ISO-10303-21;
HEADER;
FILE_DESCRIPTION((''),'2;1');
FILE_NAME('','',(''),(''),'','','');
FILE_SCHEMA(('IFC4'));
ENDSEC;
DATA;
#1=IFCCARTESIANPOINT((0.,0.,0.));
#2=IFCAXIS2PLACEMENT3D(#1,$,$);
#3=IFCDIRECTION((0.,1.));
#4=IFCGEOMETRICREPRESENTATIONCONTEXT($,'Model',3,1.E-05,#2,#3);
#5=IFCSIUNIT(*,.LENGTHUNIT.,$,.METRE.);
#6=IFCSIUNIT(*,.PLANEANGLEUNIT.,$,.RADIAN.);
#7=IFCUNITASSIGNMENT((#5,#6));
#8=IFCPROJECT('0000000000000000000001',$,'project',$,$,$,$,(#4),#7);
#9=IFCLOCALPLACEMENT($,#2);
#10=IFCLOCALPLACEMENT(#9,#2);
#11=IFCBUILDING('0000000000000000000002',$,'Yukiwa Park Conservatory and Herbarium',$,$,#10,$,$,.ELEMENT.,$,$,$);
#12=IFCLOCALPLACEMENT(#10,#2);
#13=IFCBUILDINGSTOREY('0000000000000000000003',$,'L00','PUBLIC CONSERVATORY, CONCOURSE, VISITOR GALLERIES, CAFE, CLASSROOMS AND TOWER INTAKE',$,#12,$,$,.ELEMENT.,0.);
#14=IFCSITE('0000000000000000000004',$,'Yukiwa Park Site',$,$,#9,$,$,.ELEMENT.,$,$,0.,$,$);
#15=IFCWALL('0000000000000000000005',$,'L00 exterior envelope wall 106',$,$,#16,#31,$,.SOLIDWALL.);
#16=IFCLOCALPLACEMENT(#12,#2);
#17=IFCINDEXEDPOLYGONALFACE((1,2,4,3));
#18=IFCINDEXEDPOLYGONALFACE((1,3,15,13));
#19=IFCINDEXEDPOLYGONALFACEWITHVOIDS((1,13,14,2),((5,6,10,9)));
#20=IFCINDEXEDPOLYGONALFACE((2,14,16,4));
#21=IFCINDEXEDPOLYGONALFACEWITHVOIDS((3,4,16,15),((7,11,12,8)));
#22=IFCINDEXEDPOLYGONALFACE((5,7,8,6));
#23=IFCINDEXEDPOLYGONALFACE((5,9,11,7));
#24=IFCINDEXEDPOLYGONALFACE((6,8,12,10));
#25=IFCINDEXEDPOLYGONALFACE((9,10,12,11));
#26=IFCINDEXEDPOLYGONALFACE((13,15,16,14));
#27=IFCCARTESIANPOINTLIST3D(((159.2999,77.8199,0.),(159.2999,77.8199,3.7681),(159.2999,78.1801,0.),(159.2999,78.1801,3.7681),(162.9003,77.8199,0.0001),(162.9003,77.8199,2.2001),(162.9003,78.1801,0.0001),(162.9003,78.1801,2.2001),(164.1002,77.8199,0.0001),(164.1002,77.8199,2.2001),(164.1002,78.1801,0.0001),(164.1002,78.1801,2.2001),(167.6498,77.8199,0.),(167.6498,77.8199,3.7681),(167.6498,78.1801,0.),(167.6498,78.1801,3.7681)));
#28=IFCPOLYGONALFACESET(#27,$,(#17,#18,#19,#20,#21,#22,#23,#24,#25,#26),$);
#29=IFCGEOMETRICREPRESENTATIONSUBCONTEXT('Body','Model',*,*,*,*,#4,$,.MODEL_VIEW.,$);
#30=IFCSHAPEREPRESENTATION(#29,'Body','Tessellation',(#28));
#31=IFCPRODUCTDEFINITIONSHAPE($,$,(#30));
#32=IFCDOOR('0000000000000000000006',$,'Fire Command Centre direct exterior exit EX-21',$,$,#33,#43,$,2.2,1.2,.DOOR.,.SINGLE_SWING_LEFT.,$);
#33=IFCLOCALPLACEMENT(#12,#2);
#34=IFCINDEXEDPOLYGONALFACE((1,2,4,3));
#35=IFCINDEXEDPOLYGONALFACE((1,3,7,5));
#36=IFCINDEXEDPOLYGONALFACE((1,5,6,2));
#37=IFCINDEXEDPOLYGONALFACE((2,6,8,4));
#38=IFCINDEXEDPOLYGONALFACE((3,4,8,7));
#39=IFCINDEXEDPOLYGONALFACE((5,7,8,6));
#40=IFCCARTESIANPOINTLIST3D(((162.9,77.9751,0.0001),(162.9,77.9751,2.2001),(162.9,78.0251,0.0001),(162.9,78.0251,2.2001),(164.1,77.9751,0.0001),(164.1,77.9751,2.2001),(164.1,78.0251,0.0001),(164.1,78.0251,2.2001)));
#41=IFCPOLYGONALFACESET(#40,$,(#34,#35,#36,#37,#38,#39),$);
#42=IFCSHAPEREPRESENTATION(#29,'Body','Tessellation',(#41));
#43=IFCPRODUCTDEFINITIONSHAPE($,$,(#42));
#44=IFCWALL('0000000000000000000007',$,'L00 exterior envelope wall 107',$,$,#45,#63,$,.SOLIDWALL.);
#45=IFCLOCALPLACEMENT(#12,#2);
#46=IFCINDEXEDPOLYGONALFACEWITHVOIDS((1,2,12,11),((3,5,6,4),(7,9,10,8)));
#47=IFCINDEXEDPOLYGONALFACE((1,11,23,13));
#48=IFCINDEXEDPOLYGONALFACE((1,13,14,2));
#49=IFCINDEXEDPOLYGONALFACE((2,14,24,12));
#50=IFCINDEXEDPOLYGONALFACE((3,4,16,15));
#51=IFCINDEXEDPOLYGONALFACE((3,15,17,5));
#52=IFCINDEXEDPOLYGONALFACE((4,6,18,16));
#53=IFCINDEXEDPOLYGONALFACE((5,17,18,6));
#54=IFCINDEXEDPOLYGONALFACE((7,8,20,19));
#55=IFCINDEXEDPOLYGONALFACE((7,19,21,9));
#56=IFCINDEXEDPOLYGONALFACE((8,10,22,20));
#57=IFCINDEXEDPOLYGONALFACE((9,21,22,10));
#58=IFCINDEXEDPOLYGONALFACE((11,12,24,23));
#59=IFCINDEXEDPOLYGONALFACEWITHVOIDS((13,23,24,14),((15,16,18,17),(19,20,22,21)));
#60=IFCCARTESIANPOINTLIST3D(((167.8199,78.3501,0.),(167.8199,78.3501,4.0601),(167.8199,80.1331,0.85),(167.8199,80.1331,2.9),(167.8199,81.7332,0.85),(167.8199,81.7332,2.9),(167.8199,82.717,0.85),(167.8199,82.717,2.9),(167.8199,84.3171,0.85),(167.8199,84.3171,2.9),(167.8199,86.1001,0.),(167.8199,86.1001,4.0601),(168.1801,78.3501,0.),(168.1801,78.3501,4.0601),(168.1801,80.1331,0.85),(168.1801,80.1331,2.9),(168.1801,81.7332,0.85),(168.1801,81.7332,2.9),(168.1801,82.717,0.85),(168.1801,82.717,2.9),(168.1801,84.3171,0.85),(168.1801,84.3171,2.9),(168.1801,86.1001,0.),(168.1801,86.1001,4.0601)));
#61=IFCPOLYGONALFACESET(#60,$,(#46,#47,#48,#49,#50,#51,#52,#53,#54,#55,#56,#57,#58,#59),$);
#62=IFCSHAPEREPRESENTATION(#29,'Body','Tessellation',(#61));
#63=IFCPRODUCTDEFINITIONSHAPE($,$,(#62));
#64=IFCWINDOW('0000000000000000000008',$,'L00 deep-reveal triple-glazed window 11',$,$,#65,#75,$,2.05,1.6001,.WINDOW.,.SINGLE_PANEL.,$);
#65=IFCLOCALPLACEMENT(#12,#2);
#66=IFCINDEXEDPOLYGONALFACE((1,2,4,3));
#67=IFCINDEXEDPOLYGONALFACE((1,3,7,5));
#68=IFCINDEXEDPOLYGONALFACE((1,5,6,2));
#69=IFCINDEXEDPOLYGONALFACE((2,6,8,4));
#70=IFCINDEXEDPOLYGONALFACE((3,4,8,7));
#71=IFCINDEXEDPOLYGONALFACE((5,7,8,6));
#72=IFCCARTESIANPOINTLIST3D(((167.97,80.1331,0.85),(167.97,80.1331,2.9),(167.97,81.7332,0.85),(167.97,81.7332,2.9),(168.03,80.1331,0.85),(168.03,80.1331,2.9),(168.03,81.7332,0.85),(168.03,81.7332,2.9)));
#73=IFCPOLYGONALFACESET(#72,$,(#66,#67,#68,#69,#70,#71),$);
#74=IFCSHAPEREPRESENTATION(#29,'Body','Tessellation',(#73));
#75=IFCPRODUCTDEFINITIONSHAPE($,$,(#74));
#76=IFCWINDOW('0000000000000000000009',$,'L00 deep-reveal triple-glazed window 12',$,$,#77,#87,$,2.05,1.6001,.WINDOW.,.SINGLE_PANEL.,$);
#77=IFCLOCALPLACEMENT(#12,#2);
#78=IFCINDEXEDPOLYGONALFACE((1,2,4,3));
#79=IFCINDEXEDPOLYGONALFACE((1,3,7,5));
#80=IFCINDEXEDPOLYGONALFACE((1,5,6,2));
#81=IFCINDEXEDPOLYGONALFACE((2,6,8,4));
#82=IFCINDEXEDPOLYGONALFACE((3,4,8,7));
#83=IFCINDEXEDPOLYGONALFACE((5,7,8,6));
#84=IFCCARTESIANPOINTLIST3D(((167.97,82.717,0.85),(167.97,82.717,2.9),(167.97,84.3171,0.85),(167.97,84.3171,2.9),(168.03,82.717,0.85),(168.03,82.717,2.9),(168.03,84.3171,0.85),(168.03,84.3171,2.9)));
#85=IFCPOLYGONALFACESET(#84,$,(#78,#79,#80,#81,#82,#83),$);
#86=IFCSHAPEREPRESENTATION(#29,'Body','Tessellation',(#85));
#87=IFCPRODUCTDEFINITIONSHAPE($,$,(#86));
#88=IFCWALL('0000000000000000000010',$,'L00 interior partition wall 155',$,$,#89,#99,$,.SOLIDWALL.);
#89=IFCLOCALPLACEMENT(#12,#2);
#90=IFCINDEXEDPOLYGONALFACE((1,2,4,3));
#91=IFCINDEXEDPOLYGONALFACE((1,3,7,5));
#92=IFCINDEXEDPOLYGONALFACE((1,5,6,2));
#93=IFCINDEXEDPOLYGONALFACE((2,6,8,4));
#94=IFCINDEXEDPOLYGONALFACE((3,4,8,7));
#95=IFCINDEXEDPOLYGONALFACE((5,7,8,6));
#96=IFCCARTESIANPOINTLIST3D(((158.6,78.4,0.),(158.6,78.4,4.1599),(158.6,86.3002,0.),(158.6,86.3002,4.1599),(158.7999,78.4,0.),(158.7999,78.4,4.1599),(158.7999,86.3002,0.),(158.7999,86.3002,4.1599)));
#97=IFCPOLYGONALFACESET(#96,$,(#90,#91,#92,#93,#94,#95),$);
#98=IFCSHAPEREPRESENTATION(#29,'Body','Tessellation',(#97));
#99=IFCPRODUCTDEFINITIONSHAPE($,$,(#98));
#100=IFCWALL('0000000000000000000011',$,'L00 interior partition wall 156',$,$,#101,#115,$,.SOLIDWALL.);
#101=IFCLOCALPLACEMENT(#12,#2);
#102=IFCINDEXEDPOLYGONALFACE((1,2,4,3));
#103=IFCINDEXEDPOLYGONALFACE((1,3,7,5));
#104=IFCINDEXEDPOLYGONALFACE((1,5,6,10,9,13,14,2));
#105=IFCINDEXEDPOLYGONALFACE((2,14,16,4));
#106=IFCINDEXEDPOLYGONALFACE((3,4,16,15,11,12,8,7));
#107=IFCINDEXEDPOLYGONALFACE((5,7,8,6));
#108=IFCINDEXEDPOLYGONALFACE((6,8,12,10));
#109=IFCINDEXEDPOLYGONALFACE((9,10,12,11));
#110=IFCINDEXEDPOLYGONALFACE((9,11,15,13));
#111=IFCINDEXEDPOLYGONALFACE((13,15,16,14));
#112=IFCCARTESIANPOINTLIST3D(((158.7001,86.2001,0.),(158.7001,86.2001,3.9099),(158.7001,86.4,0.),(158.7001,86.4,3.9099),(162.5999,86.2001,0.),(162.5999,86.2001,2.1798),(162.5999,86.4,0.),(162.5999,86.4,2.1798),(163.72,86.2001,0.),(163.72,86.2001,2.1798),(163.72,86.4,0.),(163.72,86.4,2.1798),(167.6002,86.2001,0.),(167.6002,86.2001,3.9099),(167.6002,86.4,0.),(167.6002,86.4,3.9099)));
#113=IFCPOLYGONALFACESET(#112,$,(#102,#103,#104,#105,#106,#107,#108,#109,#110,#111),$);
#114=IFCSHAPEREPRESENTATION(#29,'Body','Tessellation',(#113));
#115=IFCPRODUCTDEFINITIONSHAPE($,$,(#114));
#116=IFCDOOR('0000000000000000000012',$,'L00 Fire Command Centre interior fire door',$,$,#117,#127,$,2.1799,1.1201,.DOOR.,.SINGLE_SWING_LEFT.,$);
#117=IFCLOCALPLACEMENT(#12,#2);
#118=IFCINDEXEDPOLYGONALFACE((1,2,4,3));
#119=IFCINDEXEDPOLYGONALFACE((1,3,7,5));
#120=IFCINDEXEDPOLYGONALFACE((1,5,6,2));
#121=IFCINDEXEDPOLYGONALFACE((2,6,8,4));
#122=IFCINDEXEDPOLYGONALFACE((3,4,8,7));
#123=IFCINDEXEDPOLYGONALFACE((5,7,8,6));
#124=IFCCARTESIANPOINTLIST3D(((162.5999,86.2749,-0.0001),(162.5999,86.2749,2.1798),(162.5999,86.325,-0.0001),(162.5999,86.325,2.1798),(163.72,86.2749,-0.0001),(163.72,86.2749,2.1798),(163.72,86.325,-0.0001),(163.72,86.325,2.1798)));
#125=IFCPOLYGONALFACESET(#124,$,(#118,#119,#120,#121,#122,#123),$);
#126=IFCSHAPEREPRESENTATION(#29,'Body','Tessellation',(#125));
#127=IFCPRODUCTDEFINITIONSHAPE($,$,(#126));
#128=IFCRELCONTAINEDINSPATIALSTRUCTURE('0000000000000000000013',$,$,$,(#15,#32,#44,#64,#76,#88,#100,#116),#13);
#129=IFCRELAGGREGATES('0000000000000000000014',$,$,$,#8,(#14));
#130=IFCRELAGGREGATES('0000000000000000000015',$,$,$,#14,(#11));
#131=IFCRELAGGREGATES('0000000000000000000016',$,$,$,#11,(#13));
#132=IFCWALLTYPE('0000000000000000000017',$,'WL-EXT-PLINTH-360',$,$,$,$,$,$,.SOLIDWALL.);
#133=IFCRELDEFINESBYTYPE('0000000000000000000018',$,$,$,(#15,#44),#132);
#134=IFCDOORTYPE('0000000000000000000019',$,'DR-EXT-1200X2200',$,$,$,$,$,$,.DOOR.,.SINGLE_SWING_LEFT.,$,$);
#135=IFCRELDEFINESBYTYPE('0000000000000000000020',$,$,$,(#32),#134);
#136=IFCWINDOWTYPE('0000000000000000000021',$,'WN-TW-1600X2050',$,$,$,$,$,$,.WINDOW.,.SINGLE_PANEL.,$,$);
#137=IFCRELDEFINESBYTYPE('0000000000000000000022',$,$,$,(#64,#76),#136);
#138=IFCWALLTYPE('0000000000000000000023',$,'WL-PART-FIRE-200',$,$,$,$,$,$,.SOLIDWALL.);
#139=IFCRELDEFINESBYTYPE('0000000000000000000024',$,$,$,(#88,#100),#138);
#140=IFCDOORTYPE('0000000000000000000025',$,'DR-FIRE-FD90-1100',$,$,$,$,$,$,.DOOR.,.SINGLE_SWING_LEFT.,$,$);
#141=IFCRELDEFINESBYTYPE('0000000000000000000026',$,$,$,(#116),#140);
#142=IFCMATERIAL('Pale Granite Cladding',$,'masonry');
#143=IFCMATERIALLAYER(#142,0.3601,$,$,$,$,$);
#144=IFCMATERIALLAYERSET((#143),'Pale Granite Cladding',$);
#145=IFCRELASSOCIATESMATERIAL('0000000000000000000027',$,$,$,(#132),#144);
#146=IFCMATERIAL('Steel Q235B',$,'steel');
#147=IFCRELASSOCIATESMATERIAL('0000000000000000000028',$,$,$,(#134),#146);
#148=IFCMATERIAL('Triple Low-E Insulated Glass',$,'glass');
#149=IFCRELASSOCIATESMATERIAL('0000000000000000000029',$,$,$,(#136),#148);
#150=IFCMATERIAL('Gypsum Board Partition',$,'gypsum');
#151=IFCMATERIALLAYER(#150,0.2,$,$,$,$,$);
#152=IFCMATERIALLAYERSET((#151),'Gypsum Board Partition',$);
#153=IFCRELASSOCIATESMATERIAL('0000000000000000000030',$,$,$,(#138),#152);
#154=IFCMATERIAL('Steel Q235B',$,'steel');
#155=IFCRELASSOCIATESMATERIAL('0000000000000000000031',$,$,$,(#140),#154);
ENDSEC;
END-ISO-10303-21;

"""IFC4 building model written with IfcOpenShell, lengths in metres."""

from ifc_helpers import new_model, si_unit, direction, frame, frame_2d, origin, place, context, subcontext, project, spatial, rectangle, extrude, material, layer, layer_set, type_object, element, fill, save


model = new_model("IFC4")

# Units and contexts
model_context = context("Model", 3, precision=1e-05, world=origin(), true_north=direction((0.0, 1.0)))
body_context = subcontext(model_context, "Body", "Model", "MODEL_VIEW")
ifc_project = project(units=[si_unit("LENGTHUNIT", "METRE"), si_unit("PLANEANGLEUNIT", "RADIAN")], contexts=[model_context])

# Site, building, storey
site_placement = place(None, origin())
site = spatial("IfcSite", under=ifc_project, at=site_placement, Name="Yukiwa Park Site", CompositionType="ELEMENT", RefElevation=0.0)
building_placement = place(site_placement, origin())
building = spatial("IfcBuilding", under=site, at=building_placement, Name="Yukiwa Park Conservatory and Herbarium", CompositionType="ELEMENT")
storey_placement = place(building_placement, origin())
storey = spatial("IfcBuildingStorey", under=building, at=storey_placement, Name="L00", Description="PUBLIC CONSERVATORY, CONCOURSE, VISITOR GALLERIES, CAFE, CLASSROOMS AND TOWER INTAKE", CompositionType="ELEMENT", Elevation=0.0)

# Wall, opening, door
ifc_material_1 = material(Name="Pale Granite Cladding", Category="masonry")
ifc_layer_1 = layer(ifc_material_1, 0.3601)
ifc_layer_set_1 = layer_set([ifc_layer_1], Name="Pale Granite Cladding")
wall_type_1 = type_object("IfcWallType", Name="WL-EXT-PLINTH-360", PredefinedType="SOLIDWALL", material=ifc_layer_set_1)
wall_1_placement = place(storey_placement, frame((159.3, 78.0, 0.0), z_axis=(0.0, 0.0, 1.0), x_axis=(1.0, 0.0, 0.0)))
wall_1 = element("IfcWall", 1, at=wall_1_placement, inside=storey, type_object=wall_type_1, Name="L00 exterior envelope wall 106", PredefinedType="SOLIDWALL", context=body_context, shape_type="SweptSolid", body=[
    extrude(rectangle(XDim=8.3499, YDim=0.3601, at=frame_2d((4.1748, 0.0))), origin(), (0.0, 0.0, 1.0), 3.7681),
])
opening_1_placement = place(wall_1_placement, frame((3.6001, 0.0, 0.0)))
opening_1 = element("IfcOpeningElement", 2, at=opening_1_placement, cuts=wall_1, PredefinedType="OPENING", context=body_context, shape_type="SweptSolid", body=[
    extrude(rectangle(XDim=1.2, YDim=2.2, at=frame_2d((0.6001, 1.1001))), frame((0.0, 0.1899, 0.0), z_axis=(0.0, -1.0, 0.0), x_axis=(1.0, 0.0, 0.0)), (0.0, 0.0, 1.0), 0.3801),
])
ifc_material_2 = material(Name="Steel Q235B", Category="steel")
door_type_1 = type_object("IfcDoorType", Name="DR-EXT-1200X2200", OperationType="SINGLE_SWING_LEFT", PredefinedType="DOOR", material=ifc_material_2)
door_1_placement = place(opening_1_placement, frame((1.2, 0.0, 0.0), z_axis=(0.0, 0.0, 1.0), x_axis=(-1.0, 0.0, 0.0)))
door_1 = element("IfcDoor", 3, at=door_1_placement, inside=storey, type_object=door_type_1, Name="Fire Command Centre direct exterior exit EX-21", OperationType="SINGLE_SWING_LEFT", OverallHeight=2.2, OverallWidth=1.2, PredefinedType="DOOR", context=body_context, shape_type="SweptSolid", body=[
    extrude(rectangle(XDim=1.2, YDim=2.2, at=frame_2d((0.6001, 1.1001))), frame((0.0, 0.0249, 0.0), z_axis=(0.0, -1.0, 0.0), x_axis=(1.0, 0.0, 0.0)), (0.0, 0.0, 1.0), 0.05),
])
fill(opening_1, door_1)

# Wall, openings, windows
wall_2_placement = place(storey_placement, frame((168.0, 78.3501, 0.0), z_axis=(0.0, 0.0, 1.0), x_axis=(0.0, 1.0, 0.0)))
wall_2 = element("IfcWall", 4, at=wall_2_placement, inside=storey, type_object=wall_type_1, Name="L00 exterior envelope wall 107", PredefinedType="SOLIDWALL", context=body_context, shape_type="SweptSolid", body=[
    extrude(rectangle(XDim=7.75, YDim=0.3601, at=frame_2d((3.875, 0.0))), origin(), (0.0, 0.0, 1.0), 4.0601),
])
opening_2_placement = place(wall_2_placement, frame((1.783, 0.0, 0.8501)))
opening_2 = element("IfcOpeningElement", 5, at=opening_2_placement, cuts=wall_2, PredefinedType="OPENING", context=body_context, shape_type="SweptSolid", body=[
    extrude(rectangle(XDim=1.6001, YDim=2.05, at=frame_2d((0.8, 1.0249))), frame((0.0, 0.1899, 0.0), z_axis=(0.0, -1.0, 0.0), x_axis=(1.0, 0.0, 0.0)), (0.0, 0.0, 1.0), 0.3801),
])
opening_3_placement = place(wall_2_placement, frame((4.3669, 0.0, 0.8501)))
opening_3 = element("IfcOpeningElement", 6, at=opening_3_placement, cuts=wall_2, PredefinedType="OPENING", context=body_context, shape_type="SweptSolid", body=[
    extrude(rectangle(XDim=1.6001, YDim=2.05, at=frame_2d((0.8, 1.0249))), frame((0.0, 0.1899, 0.0), z_axis=(0.0, -1.0, 0.0), x_axis=(1.0, 0.0, 0.0)), (0.0, 0.0, 1.0), 0.3801),
])
ifc_material_3 = material(Name="Triple Low-E Insulated Glass", Category="glass")
window_type = type_object("IfcWindowType", Name="WN-TW-1600X2050", PartitioningType="SINGLE_PANEL", PredefinedType="WINDOW", material=ifc_material_3)
window_1_placement = place(opening_2_placement, origin())
window_1 = element("IfcWindow", 7, at=window_1_placement, inside=storey, type_object=window_type, Name="L00 deep-reveal triple-glazed window 11", OverallHeight=2.05, OverallWidth=1.6001, PartitioningType="SINGLE_PANEL", PredefinedType="WINDOW", context=body_context, shape_type="SweptSolid", body=[
    extrude(rectangle(XDim=1.6001, YDim=2.05, at=frame_2d((0.8, 1.0249))), frame((0.0, 0.03, 0.0), z_axis=(0.0, -1.0, 0.0), x_axis=(1.0, 0.0, 0.0)), (0.0, 0.0, 1.0), 0.0601),
])
fill(opening_2, window_1)
window_2_placement = place(opening_3_placement, origin())
window_2 = element("IfcWindow", 8, at=window_2_placement, inside=storey, type_object=window_type, Name="L00 deep-reveal triple-glazed window 12", OverallHeight=2.05, OverallWidth=1.6001, PartitioningType="SINGLE_PANEL", PredefinedType="WINDOW", context=body_context, shape_type="SweptSolid", body=[
    extrude(rectangle(XDim=1.6001, YDim=2.05, at=frame_2d((0.8, 1.0249))), frame((0.0, 0.03, 0.0), z_axis=(0.0, -1.0, 0.0), x_axis=(1.0, 0.0, 0.0)), (0.0, 0.0, 1.0), 0.0601),
])
fill(opening_3, window_2)

# Wall
ifc_material_4 = material(Name="Gypsum Board Partition", Category="gypsum")
ifc_layer_2 = layer(ifc_material_4, 0.2)
ifc_layer_set_2 = layer_set([ifc_layer_2], Name="Gypsum Board Partition")
wall_type_2 = type_object("IfcWallType", Name="WL-PART-FIRE-200", PredefinedType="SOLIDWALL", material=ifc_layer_set_2)
wall_3_placement = place(storey_placement, frame((158.7, 78.3999, 0.0), z_axis=(0.0, 0.0, 1.0), x_axis=(0.0, 1.0, 0.0)))
element("IfcWall", 9, at=wall_3_placement, inside=storey, type_object=wall_type_2, Name="L00 interior partition wall 155", PredefinedType="SOLIDWALL", context=body_context, shape_type="SweptSolid", body=[
    extrude(rectangle(XDim=7.9001, YDim=0.2, at=frame_2d((3.9502, 0.0))), origin(), (0.0, 0.0, 1.0), 4.1599),
])

# Wall, opening, door
wall_4_placement = place(storey_placement, frame((158.7, 86.3, 0.0), z_axis=(0.0, 0.0, 1.0), x_axis=(1.0, 0.0, 0.0)))
wall_4 = element("IfcWall", 10, at=wall_4_placement, inside=storey, type_object=wall_type_2, Name="L00 interior partition wall 156", PredefinedType="SOLIDWALL", context=body_context, shape_type="SweptSolid", body=[
    extrude(rectangle(XDim=8.9001, YDim=0.2, at=frame_2d((4.4502, 0.0))), origin(), (0.0, 0.0, 1.0), 3.9099),
])
opening_4_placement = place(wall_4_placement, frame((3.8999, 0.0, 0.0)))
opening_4 = element("IfcOpeningElement", 11, at=opening_4_placement, cuts=wall_4, PredefinedType="OPENING", context=body_context, shape_type="SweptSolid", body=[
    extrude(rectangle(XDim=1.1201, YDim=2.1799, at=frame_2d((0.5601, 1.0898))), frame((0.0, 0.1099, 0.0), z_axis=(0.0, -1.0, 0.0), x_axis=(1.0, 0.0, 0.0)), (0.0, 0.0, 1.0), 0.22),
])
ifc_material_5 = material(Name="Steel Q235B", Category="steel")
door_type_2 = type_object("IfcDoorType", Name="DR-FIRE-FD90-1100", OperationType="SINGLE_SWING_LEFT", PredefinedType="DOOR", material=ifc_material_5)
door_2_placement = place(opening_4_placement, origin())
door_2 = element("IfcDoor", 12, at=door_2_placement, inside=storey, type_object=door_type_2, Name="L00 Fire Command Centre interior fire door", OperationType="SINGLE_SWING_LEFT", OverallHeight=2.1799, OverallWidth=1.1201, PredefinedType="DOOR", context=body_context, shape_type="SweptSolid", body=[
    extrude(rectangle(XDim=1.1201, YDim=2.1799, at=frame_2d((0.5601, 1.0898))), frame((0.0, 0.0249, 0.0), z_axis=(0.0, -1.0, 0.0), x_axis=(1.0, 0.0, 0.0)), (0.0, 0.0, 1.0), 0.05),
])
fill(opening_4, door_2)

save(model, "model.ifc")
